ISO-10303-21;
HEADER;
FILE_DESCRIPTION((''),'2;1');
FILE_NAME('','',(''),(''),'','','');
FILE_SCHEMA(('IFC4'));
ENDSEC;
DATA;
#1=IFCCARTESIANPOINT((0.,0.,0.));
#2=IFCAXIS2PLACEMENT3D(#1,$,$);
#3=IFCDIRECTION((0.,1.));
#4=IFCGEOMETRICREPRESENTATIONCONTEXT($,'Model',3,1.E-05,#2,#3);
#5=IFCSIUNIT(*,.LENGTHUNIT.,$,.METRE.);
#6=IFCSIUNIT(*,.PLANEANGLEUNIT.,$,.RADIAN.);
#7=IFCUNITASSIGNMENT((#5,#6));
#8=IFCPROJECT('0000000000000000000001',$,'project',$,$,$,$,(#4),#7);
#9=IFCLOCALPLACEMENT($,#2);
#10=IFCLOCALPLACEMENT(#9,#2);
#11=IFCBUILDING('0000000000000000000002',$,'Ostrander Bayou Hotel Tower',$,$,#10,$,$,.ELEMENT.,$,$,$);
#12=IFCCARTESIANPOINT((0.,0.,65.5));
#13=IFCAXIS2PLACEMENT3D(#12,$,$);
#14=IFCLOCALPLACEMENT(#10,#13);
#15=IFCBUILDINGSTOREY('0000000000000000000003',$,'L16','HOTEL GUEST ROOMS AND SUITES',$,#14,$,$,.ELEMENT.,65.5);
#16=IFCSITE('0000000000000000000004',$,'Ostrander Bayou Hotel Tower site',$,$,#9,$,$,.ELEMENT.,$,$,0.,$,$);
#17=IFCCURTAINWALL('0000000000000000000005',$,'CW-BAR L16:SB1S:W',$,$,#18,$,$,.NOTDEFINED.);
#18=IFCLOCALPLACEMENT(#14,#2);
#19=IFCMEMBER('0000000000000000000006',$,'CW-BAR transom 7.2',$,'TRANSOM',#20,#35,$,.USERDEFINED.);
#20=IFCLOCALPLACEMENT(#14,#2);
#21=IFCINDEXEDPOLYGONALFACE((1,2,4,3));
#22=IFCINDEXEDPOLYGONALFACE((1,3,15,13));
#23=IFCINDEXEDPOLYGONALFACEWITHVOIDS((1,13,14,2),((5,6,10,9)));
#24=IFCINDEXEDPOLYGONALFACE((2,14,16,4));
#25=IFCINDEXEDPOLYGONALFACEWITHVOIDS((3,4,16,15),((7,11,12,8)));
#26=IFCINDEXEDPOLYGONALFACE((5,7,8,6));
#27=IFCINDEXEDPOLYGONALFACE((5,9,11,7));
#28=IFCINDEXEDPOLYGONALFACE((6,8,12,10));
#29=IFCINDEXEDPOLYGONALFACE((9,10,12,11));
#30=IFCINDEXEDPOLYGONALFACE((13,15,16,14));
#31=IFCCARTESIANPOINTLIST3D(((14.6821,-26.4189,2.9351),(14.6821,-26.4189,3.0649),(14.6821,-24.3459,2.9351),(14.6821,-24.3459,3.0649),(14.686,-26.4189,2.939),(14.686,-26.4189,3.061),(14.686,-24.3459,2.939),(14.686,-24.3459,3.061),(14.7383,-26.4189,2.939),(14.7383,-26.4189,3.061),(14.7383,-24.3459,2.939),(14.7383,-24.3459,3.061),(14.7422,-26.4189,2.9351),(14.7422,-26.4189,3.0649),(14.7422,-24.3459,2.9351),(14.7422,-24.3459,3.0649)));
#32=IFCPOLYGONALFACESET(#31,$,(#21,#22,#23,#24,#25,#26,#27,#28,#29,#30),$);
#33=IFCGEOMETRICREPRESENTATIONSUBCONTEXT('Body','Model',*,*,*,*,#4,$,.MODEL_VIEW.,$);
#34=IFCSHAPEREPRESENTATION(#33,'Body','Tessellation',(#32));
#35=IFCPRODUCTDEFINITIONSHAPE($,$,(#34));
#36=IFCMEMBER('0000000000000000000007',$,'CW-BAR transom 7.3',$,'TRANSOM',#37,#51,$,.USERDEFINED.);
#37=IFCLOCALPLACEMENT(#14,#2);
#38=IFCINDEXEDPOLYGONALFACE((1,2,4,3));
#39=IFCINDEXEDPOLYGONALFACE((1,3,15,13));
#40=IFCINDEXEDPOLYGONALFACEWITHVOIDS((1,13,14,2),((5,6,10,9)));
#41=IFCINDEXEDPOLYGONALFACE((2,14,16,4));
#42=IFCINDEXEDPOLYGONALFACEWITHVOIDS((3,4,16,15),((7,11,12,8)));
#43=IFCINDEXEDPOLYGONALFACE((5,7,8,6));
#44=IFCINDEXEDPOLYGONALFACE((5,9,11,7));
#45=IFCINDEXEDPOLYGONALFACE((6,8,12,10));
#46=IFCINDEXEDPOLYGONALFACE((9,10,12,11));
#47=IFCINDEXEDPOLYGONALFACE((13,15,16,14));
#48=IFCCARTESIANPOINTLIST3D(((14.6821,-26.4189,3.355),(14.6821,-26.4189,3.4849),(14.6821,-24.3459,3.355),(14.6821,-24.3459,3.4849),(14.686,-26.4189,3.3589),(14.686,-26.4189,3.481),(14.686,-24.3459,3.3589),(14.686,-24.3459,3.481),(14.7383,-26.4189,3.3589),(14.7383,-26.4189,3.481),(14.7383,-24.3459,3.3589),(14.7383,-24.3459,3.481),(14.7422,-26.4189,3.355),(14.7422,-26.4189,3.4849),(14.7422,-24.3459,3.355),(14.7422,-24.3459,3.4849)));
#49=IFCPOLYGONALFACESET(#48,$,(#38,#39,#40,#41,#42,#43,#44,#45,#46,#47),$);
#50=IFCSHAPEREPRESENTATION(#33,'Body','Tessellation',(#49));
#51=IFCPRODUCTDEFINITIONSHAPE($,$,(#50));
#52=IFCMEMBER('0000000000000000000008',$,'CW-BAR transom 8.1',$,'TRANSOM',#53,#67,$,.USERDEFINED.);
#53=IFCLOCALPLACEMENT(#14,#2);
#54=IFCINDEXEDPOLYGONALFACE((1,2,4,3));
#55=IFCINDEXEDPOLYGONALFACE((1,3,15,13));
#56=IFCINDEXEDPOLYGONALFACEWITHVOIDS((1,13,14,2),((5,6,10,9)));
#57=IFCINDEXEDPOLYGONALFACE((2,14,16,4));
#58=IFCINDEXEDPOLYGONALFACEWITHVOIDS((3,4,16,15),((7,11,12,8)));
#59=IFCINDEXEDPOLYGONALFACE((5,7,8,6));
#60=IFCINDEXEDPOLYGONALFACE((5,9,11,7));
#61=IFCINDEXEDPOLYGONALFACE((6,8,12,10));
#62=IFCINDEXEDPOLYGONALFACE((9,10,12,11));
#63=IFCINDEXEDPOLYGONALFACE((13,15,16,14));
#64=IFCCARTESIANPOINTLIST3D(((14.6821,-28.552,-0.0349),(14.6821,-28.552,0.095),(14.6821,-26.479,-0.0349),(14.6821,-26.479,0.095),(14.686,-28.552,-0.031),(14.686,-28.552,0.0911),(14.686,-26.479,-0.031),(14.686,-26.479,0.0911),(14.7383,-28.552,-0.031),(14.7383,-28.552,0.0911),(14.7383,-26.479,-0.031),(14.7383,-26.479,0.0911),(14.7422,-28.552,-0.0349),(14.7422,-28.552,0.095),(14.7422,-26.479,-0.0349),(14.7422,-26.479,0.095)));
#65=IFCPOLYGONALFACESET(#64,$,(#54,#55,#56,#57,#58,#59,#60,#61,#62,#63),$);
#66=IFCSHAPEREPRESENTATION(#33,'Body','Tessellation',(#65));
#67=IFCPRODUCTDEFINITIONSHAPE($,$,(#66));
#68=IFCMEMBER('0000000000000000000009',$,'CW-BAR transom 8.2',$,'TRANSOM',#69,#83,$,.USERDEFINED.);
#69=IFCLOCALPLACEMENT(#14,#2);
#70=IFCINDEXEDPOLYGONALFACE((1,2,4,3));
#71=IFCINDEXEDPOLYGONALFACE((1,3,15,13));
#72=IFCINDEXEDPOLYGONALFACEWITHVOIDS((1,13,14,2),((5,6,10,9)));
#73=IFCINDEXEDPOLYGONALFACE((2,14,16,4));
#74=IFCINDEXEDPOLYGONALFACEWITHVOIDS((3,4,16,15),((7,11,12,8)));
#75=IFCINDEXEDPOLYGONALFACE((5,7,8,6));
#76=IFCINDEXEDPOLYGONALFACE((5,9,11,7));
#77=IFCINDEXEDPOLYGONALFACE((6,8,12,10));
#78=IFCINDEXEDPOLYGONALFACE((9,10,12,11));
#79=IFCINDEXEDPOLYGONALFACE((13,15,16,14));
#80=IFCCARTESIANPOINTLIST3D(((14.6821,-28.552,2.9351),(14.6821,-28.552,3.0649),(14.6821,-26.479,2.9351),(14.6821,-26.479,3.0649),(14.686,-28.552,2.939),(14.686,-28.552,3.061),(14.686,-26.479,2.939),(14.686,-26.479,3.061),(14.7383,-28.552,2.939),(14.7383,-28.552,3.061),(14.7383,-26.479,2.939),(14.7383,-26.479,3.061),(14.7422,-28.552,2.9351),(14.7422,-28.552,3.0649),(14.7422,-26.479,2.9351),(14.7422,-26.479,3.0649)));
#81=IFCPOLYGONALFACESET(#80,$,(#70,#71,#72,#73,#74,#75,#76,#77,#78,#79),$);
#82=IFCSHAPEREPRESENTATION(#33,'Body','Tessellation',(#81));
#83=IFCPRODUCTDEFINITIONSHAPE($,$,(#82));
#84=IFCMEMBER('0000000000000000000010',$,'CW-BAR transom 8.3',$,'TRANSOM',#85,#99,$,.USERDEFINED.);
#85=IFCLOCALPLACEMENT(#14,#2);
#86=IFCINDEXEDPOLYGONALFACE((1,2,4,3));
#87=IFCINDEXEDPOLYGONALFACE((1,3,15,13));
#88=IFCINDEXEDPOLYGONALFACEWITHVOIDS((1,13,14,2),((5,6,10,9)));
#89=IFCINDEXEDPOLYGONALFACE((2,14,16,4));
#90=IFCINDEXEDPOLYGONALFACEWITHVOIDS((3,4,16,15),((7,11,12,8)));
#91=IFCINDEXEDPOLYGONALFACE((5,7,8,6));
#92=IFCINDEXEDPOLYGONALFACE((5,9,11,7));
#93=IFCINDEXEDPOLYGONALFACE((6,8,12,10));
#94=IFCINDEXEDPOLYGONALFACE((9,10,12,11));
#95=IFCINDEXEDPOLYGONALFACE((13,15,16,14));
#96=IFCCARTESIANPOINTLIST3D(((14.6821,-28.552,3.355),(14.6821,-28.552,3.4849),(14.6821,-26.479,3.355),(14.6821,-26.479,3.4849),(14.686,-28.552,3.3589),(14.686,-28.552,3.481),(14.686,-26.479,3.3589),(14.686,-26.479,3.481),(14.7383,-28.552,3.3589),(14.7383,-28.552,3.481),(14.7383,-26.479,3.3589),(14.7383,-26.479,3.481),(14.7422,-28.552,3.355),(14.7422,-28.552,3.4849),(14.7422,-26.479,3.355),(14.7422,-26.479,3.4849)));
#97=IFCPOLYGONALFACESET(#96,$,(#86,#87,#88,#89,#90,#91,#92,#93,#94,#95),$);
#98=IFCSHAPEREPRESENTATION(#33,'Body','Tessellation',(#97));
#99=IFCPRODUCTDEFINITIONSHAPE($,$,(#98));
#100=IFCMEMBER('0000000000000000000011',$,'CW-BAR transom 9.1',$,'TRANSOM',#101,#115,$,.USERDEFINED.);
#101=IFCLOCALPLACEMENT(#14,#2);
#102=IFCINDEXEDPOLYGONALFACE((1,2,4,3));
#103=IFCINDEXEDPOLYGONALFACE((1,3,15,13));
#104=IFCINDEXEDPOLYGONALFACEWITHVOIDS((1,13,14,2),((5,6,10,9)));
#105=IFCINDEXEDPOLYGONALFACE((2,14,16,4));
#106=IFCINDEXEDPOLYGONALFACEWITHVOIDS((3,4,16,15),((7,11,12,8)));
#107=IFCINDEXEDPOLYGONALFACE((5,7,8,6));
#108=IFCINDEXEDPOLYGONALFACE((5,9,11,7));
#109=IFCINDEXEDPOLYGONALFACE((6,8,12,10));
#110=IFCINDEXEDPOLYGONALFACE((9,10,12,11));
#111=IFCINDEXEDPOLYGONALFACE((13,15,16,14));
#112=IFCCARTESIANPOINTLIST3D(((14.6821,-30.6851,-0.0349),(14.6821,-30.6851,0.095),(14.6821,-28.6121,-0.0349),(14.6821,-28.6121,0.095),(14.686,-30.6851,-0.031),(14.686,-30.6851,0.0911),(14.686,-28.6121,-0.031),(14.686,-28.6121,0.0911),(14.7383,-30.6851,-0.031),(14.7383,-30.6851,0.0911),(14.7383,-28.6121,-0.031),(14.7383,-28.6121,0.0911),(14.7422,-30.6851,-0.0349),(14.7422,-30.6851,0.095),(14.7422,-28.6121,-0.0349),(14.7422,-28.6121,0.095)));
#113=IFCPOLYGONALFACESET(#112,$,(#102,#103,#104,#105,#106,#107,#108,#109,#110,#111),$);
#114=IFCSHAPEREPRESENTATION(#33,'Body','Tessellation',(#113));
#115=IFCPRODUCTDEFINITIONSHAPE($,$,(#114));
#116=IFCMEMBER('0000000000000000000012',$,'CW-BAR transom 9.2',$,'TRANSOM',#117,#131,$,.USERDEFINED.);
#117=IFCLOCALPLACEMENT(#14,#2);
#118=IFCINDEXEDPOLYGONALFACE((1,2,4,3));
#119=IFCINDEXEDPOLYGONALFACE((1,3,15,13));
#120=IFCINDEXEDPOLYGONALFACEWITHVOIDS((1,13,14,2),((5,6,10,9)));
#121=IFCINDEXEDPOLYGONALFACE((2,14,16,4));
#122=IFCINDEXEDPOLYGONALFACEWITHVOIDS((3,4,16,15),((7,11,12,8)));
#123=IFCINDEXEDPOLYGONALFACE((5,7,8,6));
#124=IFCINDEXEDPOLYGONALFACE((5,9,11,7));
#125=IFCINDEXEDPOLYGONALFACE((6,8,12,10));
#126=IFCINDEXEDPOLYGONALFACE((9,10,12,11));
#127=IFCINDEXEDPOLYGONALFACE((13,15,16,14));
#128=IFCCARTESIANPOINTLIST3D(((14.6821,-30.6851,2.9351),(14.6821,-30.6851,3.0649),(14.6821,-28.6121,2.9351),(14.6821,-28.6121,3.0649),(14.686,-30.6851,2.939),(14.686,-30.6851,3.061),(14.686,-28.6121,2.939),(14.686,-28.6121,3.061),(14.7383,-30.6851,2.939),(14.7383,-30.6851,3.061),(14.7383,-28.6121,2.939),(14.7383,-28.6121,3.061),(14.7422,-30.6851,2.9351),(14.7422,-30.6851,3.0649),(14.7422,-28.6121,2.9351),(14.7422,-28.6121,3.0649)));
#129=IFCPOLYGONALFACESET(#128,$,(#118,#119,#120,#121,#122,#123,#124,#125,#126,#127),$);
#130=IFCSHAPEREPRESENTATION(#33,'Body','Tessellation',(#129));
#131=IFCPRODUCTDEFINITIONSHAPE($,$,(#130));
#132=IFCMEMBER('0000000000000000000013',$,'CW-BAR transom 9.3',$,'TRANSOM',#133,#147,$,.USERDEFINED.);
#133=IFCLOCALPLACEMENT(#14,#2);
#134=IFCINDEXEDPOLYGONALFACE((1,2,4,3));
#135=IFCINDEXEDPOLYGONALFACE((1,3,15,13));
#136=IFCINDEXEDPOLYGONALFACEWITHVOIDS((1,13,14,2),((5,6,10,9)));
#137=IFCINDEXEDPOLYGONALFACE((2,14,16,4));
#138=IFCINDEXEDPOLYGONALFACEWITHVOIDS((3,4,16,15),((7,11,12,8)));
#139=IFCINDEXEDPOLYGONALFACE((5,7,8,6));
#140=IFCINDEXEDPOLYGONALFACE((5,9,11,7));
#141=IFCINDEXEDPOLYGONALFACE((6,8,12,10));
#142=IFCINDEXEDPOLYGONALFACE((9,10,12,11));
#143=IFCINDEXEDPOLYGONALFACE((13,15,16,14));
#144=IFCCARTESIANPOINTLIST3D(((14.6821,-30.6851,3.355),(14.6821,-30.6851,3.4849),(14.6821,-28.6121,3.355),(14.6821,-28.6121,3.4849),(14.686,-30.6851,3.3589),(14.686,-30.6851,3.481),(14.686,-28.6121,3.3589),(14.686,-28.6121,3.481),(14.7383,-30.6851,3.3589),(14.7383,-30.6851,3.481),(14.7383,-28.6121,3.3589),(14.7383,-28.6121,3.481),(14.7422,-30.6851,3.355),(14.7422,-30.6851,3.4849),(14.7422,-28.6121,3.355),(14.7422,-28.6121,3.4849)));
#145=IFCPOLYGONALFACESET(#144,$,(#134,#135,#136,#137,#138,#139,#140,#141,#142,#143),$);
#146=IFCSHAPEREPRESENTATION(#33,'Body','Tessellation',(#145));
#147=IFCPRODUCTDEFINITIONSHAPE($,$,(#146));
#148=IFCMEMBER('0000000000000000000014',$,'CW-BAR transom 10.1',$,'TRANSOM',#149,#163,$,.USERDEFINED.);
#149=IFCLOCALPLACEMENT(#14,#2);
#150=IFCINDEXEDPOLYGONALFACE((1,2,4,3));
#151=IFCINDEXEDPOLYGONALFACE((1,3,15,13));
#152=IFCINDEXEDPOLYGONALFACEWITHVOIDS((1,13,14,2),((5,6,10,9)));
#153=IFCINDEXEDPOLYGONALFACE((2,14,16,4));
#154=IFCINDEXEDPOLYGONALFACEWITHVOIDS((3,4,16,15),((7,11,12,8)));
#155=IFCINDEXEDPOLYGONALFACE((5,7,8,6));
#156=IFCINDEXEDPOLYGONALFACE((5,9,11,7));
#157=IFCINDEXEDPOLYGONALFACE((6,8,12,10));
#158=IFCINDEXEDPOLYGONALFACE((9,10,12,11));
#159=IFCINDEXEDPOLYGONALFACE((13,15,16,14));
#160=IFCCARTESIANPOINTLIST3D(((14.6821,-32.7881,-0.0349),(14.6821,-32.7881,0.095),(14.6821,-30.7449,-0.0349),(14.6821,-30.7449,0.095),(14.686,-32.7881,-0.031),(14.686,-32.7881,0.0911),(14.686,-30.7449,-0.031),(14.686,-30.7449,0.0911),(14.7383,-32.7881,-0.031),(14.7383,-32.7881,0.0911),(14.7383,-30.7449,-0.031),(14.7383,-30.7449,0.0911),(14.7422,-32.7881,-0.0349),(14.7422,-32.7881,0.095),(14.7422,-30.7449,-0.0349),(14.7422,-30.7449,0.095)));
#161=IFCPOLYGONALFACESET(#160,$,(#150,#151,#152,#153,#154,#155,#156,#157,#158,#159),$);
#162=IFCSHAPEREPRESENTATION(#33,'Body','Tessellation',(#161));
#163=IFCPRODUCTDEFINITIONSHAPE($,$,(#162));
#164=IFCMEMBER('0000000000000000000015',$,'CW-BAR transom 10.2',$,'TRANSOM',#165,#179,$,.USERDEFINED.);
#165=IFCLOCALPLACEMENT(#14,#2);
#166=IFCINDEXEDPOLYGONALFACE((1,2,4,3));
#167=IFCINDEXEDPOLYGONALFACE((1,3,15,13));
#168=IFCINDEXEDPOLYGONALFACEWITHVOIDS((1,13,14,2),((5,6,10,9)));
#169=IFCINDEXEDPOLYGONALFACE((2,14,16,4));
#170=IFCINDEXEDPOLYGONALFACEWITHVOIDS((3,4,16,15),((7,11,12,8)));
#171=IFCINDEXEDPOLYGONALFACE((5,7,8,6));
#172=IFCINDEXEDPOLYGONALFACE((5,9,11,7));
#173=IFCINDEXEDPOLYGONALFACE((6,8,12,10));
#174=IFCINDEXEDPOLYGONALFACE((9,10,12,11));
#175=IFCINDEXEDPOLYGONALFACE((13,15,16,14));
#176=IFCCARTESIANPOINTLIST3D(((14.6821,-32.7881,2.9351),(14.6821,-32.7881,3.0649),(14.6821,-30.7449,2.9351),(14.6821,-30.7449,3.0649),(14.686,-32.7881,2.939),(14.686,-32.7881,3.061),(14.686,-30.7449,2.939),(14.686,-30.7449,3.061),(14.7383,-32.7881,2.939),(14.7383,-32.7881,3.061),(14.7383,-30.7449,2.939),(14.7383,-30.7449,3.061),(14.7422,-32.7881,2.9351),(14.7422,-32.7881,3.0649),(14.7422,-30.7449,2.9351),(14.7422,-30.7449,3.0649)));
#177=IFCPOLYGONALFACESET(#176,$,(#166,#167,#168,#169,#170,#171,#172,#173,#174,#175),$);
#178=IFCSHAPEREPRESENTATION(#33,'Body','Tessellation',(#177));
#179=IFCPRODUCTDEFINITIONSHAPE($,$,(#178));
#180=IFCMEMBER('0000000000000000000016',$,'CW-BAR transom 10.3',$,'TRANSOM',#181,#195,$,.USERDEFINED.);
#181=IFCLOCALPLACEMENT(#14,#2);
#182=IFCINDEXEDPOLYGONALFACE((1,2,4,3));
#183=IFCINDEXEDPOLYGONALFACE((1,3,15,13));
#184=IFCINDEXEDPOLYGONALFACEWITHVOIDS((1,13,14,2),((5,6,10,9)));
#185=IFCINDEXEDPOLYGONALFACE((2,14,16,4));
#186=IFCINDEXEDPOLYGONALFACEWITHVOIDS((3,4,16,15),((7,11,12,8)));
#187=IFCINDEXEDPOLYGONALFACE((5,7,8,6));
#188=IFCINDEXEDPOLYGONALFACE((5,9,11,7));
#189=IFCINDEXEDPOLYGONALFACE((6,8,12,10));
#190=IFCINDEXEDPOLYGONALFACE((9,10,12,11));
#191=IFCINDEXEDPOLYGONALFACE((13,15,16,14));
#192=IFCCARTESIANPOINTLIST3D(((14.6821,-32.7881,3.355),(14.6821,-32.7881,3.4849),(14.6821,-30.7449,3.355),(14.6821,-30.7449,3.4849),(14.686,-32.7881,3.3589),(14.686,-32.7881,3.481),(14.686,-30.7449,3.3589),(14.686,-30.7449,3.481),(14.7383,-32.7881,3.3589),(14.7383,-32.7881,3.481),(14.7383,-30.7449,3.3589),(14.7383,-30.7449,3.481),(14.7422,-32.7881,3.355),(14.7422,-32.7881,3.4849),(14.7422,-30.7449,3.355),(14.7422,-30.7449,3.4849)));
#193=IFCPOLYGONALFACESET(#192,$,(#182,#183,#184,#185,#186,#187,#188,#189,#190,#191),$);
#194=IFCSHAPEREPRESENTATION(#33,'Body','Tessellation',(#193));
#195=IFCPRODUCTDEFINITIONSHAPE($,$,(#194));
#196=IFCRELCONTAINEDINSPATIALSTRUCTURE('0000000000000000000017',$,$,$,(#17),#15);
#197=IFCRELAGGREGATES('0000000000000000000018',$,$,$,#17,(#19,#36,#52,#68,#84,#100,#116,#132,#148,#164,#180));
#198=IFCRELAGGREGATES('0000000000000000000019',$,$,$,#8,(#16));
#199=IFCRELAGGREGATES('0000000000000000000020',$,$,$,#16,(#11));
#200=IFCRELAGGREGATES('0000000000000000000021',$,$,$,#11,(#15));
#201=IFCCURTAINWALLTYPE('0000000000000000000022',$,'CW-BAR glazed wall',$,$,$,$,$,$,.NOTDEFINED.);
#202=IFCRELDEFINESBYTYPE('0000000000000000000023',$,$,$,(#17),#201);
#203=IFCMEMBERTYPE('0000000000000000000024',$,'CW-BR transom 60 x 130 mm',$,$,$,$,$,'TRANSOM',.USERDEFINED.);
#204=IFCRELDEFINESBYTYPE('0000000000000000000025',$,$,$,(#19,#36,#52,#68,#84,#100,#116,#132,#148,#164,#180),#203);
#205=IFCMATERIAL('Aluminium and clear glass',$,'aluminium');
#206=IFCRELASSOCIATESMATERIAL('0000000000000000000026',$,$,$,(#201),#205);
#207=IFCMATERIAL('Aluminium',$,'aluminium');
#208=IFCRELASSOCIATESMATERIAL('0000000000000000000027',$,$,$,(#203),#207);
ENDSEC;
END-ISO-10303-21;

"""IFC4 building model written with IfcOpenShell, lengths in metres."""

from ifc_helpers import new_model, si_unit, direction, frame, origin, origin_2d, place, context, subcontext, project, spatial, hollow_rectangle, extrude, material, material_profile, profile_set, type_object, element, aggregate, save


model = new_model("IFC4")

# Units and contexts
model_context = context("Model", 3, precision=1e-05, world=origin(), true_north=direction((0.0, 1.0)))
body_context = subcontext(model_context, "Body", "Model", "MODEL_VIEW")
ifc_project = project(units=[si_unit("LENGTHUNIT", "METRE"), si_unit("PLANEANGLEUNIT", "RADIAN")], contexts=[model_context])

# Site, building, storey
site_placement = place(None, origin())
site = spatial("IfcSite", under=ifc_project, at=site_placement, Name="Ostrander Bayou Hotel Tower site", CompositionType="ELEMENT", RefElevation=0.0)
building_placement = place(site_placement, origin())
building = spatial("IfcBuilding", under=site, at=building_placement, Name="Ostrander Bayou Hotel Tower", CompositionType="ELEMENT")
storey_placement = place(building_placement, frame((0.0, 0.0, 65.5)))
storey = spatial("IfcBuildingStorey", under=building, at=storey_placement, Name="L16", Description="HOTEL GUEST ROOMS AND SUITES", CompositionType="ELEMENT", Elevation=65.5)

# Curtain wall
ifc_material_1 = material(Name="Aluminium and clear glass", Category="aluminium")
curtain_wall_type = type_object("IfcCurtainWallType", Name="CW-BAR glazed wall", PredefinedType="NOTDEFINED", material=ifc_material_1)
curtain_wall_1_placement = place(storey_placement, origin())
curtain_wall_1 = element("IfcCurtainWall", 1, at=curtain_wall_1_placement, inside=storey, type_object=curtain_wall_type, Name="CW-BAR L16:SB1S:W", PredefinedType="NOTDEFINED")

# Members
ifc_material_2 = material(Name="Aluminium", Category="aluminium")
ifc_material_profile_1 = material_profile(ifc_material_2, hollow_rectangle(XDim=0.0601, YDim=0.1299, WallThickness=0.0039, at=origin_2d()))
ifc_profile_set_1 = profile_set([ifc_material_profile_1], Name="Aluminium")
member_type_1 = type_object("IfcMemberType", Name="CW-BR transom 60 x 130 mm", ElementType="TRANSOM", PredefinedType="USERDEFINED", material=ifc_profile_set_1)
member_1_placement = place(storey_placement, frame((14.7122, -24.3459, 3.0), z_axis=(0.0, -1.0, 0.0), x_axis=(1.0, 0.0, 0.0)))
member_1 = element("IfcMember", 2, at=member_1_placement, type_object=member_type_1, Name="CW-BAR transom 7.2", ObjectType="TRANSOM", PredefinedType="USERDEFINED", context=body_context, shape_type="SweptSolid", body=[
    extrude(hollow_rectangle(XDim=0.0601, YDim=0.1299, WallThickness=0.0039, at=origin_2d()), origin(), (0.0, 0.0, 1.0), 2.073),
])
member_2_placement = place(storey_placement, frame((14.7122, -24.3459, 3.4199), z_axis=(0.0, -1.0, 0.0), x_axis=(1.0, 0.0, 0.0)))
member_2 = element("IfcMember", 3, at=member_2_placement, type_object=member_type_1, Name="CW-BAR transom 7.3", ObjectType="TRANSOM", PredefinedType="USERDEFINED", context=body_context, shape_type="SweptSolid", body=[
    extrude(hollow_rectangle(XDim=0.0601, YDim=0.1299, WallThickness=0.0039, at=origin_2d()), origin(), (0.0, 0.0, 1.0), 2.073),
])
member_3_placement = place(storey_placement, frame((14.7122, -26.479, 0.03), z_axis=(0.0, -1.0, 0.0), x_axis=(1.0, 0.0, 0.0)))
member_3 = element("IfcMember", 4, at=member_3_placement, type_object=member_type_1, Name="CW-BAR transom 8.1", ObjectType="TRANSOM", PredefinedType="USERDEFINED", context=body_context, shape_type="SweptSolid", body=[
    extrude(hollow_rectangle(XDim=0.0601, YDim=0.1299, WallThickness=0.0039, at=origin_2d()), origin(), (0.0, 0.0, 1.0), 2.073),
])
member_4_placement = place(storey_placement, frame((14.7122, -26.479, 3.0), z_axis=(0.0, -1.0, 0.0), x_axis=(1.0, 0.0, 0.0)))
member_4 = element("IfcMember", 5, at=member_4_placement, type_object=member_type_1, Name="CW-BAR transom 8.2", ObjectType="TRANSOM", PredefinedType="USERDEFINED", context=body_context, shape_type="SweptSolid", body=[
    extrude(hollow_rectangle(XDim=0.0601, YDim=0.1299, WallThickness=0.0039, at=origin_2d()), origin(), (0.0, 0.0, 1.0), 2.073),
])
member_5_placement = place(storey_placement, frame((14.7122, -26.479, 3.4199), z_axis=(0.0, -1.0, 0.0), x_axis=(1.0, 0.0, 0.0)))
member_5 = element("IfcMember", 6, at=member_5_placement, type_object=member_type_1, Name="CW-BAR transom 8.3", ObjectType="TRANSOM", PredefinedType="USERDEFINED", context=body_context, shape_type="SweptSolid", body=[
    extrude(hollow_rectangle(XDim=0.0601, YDim=0.1299, WallThickness=0.0039, at=origin_2d()), origin(), (0.0, 0.0, 1.0), 2.073),
])
member_6_placement = place(storey_placement, frame((14.7122, -28.6121, 0.03), z_axis=(0.0, -1.0, 0.0), x_axis=(1.0, 0.0, 0.0)))
member_6 = element("IfcMember", 7, at=member_6_placement, type_object=member_type_1, Name="CW-BAR transom 9.1", ObjectType="TRANSOM", PredefinedType="USERDEFINED", context=body_context, shape_type="SweptSolid", body=[
    extrude(hollow_rectangle(XDim=0.0601, YDim=0.1299, WallThickness=0.0039, at=origin_2d()), origin(), (0.0, 0.0, 1.0), 2.073),
])
member_7_placement = place(storey_placement, frame((14.7122, -28.6121, 3.0), z_axis=(0.0, -1.0, 0.0), x_axis=(1.0, 0.0, 0.0)))
member_7 = element("IfcMember", 8, at=member_7_placement, type_object=member_type_1, Name="CW-BAR transom 9.2", ObjectType="TRANSOM", PredefinedType="USERDEFINED", context=body_context, shape_type="SweptSolid", body=[
    extrude(hollow_rectangle(XDim=0.0601, YDim=0.1299, WallThickness=0.0039, at=origin_2d()), origin(), (0.0, 0.0, 1.0), 2.073),
])
member_8_placement = place(storey_placement, frame((14.7122, -28.6121, 3.4199), z_axis=(0.0, -1.0, 0.0), x_axis=(1.0, 0.0, 0.0)))
member_8 = element("IfcMember", 9, at=member_8_placement, type_object=member_type_1, Name="CW-BAR transom 9.3", ObjectType="TRANSOM", PredefinedType="USERDEFINED", context=body_context, shape_type="SweptSolid", body=[
    extrude(hollow_rectangle(XDim=0.0601, YDim=0.1299, WallThickness=0.0039, at=origin_2d()), origin(), (0.0, 0.0, 1.0), 2.073),
])
member_9_placement = place(storey_placement, frame((14.7122, -30.7449, 0.03), z_axis=(0.0, -1.0, 0.0), x_axis=(1.0, 0.0, 0.0)))
member_9 = element("IfcMember", 10, at=member_9_placement, type_object=member_type_1, Name="CW-BAR transom 10.1", ObjectType="TRANSOM", PredefinedType="USERDEFINED", context=body_context, shape_type="SweptSolid", body=[
    extrude(hollow_rectangle(XDim=0.0601, YDim=0.1299, WallThickness=0.0039, at=origin_2d()), origin(), (0.0, 0.0, 1.0), 2.0432),
])
member_10_placement = place(storey_placement, frame((14.7122, -30.7449, 3.0), z_axis=(0.0, -1.0, 0.0), x_axis=(1.0, 0.0, 0.0)))
member_10 = element("IfcMember", 11, at=member_10_placement, type_object=member_type_1, Name="CW-BAR transom 10.2", ObjectType="TRANSOM", PredefinedType="USERDEFINED", context=body_context, shape_type="SweptSolid", body=[
    extrude(hollow_rectangle(XDim=0.0601, YDim=0.1299, WallThickness=0.0039, at=origin_2d()), origin(), (0.0, 0.0, 1.0), 2.0432),
])
member_11_placement = place(storey_placement, frame((14.7122, -30.7449, 3.4199), z_axis=(0.0, -1.0, 0.0), x_axis=(1.0, 0.0, 0.0)))
member_11 = element("IfcMember", 12, at=member_11_placement, type_object=member_type_1, Name="CW-BAR transom 10.3", ObjectType="TRANSOM", PredefinedType="USERDEFINED", context=body_context, shape_type="SweptSolid", body=[
    extrude(hollow_rectangle(XDim=0.0601, YDim=0.1299, WallThickness=0.0039, at=origin_2d()), origin(), (0.0, 0.0, 1.0), 2.0432),
])

aggregate(curtain_wall_1, [member_1, member_2, member_3, member_4, member_5, member_6, member_7, member_8, member_9, member_10, member_11])

save(model, "model.ifc")
